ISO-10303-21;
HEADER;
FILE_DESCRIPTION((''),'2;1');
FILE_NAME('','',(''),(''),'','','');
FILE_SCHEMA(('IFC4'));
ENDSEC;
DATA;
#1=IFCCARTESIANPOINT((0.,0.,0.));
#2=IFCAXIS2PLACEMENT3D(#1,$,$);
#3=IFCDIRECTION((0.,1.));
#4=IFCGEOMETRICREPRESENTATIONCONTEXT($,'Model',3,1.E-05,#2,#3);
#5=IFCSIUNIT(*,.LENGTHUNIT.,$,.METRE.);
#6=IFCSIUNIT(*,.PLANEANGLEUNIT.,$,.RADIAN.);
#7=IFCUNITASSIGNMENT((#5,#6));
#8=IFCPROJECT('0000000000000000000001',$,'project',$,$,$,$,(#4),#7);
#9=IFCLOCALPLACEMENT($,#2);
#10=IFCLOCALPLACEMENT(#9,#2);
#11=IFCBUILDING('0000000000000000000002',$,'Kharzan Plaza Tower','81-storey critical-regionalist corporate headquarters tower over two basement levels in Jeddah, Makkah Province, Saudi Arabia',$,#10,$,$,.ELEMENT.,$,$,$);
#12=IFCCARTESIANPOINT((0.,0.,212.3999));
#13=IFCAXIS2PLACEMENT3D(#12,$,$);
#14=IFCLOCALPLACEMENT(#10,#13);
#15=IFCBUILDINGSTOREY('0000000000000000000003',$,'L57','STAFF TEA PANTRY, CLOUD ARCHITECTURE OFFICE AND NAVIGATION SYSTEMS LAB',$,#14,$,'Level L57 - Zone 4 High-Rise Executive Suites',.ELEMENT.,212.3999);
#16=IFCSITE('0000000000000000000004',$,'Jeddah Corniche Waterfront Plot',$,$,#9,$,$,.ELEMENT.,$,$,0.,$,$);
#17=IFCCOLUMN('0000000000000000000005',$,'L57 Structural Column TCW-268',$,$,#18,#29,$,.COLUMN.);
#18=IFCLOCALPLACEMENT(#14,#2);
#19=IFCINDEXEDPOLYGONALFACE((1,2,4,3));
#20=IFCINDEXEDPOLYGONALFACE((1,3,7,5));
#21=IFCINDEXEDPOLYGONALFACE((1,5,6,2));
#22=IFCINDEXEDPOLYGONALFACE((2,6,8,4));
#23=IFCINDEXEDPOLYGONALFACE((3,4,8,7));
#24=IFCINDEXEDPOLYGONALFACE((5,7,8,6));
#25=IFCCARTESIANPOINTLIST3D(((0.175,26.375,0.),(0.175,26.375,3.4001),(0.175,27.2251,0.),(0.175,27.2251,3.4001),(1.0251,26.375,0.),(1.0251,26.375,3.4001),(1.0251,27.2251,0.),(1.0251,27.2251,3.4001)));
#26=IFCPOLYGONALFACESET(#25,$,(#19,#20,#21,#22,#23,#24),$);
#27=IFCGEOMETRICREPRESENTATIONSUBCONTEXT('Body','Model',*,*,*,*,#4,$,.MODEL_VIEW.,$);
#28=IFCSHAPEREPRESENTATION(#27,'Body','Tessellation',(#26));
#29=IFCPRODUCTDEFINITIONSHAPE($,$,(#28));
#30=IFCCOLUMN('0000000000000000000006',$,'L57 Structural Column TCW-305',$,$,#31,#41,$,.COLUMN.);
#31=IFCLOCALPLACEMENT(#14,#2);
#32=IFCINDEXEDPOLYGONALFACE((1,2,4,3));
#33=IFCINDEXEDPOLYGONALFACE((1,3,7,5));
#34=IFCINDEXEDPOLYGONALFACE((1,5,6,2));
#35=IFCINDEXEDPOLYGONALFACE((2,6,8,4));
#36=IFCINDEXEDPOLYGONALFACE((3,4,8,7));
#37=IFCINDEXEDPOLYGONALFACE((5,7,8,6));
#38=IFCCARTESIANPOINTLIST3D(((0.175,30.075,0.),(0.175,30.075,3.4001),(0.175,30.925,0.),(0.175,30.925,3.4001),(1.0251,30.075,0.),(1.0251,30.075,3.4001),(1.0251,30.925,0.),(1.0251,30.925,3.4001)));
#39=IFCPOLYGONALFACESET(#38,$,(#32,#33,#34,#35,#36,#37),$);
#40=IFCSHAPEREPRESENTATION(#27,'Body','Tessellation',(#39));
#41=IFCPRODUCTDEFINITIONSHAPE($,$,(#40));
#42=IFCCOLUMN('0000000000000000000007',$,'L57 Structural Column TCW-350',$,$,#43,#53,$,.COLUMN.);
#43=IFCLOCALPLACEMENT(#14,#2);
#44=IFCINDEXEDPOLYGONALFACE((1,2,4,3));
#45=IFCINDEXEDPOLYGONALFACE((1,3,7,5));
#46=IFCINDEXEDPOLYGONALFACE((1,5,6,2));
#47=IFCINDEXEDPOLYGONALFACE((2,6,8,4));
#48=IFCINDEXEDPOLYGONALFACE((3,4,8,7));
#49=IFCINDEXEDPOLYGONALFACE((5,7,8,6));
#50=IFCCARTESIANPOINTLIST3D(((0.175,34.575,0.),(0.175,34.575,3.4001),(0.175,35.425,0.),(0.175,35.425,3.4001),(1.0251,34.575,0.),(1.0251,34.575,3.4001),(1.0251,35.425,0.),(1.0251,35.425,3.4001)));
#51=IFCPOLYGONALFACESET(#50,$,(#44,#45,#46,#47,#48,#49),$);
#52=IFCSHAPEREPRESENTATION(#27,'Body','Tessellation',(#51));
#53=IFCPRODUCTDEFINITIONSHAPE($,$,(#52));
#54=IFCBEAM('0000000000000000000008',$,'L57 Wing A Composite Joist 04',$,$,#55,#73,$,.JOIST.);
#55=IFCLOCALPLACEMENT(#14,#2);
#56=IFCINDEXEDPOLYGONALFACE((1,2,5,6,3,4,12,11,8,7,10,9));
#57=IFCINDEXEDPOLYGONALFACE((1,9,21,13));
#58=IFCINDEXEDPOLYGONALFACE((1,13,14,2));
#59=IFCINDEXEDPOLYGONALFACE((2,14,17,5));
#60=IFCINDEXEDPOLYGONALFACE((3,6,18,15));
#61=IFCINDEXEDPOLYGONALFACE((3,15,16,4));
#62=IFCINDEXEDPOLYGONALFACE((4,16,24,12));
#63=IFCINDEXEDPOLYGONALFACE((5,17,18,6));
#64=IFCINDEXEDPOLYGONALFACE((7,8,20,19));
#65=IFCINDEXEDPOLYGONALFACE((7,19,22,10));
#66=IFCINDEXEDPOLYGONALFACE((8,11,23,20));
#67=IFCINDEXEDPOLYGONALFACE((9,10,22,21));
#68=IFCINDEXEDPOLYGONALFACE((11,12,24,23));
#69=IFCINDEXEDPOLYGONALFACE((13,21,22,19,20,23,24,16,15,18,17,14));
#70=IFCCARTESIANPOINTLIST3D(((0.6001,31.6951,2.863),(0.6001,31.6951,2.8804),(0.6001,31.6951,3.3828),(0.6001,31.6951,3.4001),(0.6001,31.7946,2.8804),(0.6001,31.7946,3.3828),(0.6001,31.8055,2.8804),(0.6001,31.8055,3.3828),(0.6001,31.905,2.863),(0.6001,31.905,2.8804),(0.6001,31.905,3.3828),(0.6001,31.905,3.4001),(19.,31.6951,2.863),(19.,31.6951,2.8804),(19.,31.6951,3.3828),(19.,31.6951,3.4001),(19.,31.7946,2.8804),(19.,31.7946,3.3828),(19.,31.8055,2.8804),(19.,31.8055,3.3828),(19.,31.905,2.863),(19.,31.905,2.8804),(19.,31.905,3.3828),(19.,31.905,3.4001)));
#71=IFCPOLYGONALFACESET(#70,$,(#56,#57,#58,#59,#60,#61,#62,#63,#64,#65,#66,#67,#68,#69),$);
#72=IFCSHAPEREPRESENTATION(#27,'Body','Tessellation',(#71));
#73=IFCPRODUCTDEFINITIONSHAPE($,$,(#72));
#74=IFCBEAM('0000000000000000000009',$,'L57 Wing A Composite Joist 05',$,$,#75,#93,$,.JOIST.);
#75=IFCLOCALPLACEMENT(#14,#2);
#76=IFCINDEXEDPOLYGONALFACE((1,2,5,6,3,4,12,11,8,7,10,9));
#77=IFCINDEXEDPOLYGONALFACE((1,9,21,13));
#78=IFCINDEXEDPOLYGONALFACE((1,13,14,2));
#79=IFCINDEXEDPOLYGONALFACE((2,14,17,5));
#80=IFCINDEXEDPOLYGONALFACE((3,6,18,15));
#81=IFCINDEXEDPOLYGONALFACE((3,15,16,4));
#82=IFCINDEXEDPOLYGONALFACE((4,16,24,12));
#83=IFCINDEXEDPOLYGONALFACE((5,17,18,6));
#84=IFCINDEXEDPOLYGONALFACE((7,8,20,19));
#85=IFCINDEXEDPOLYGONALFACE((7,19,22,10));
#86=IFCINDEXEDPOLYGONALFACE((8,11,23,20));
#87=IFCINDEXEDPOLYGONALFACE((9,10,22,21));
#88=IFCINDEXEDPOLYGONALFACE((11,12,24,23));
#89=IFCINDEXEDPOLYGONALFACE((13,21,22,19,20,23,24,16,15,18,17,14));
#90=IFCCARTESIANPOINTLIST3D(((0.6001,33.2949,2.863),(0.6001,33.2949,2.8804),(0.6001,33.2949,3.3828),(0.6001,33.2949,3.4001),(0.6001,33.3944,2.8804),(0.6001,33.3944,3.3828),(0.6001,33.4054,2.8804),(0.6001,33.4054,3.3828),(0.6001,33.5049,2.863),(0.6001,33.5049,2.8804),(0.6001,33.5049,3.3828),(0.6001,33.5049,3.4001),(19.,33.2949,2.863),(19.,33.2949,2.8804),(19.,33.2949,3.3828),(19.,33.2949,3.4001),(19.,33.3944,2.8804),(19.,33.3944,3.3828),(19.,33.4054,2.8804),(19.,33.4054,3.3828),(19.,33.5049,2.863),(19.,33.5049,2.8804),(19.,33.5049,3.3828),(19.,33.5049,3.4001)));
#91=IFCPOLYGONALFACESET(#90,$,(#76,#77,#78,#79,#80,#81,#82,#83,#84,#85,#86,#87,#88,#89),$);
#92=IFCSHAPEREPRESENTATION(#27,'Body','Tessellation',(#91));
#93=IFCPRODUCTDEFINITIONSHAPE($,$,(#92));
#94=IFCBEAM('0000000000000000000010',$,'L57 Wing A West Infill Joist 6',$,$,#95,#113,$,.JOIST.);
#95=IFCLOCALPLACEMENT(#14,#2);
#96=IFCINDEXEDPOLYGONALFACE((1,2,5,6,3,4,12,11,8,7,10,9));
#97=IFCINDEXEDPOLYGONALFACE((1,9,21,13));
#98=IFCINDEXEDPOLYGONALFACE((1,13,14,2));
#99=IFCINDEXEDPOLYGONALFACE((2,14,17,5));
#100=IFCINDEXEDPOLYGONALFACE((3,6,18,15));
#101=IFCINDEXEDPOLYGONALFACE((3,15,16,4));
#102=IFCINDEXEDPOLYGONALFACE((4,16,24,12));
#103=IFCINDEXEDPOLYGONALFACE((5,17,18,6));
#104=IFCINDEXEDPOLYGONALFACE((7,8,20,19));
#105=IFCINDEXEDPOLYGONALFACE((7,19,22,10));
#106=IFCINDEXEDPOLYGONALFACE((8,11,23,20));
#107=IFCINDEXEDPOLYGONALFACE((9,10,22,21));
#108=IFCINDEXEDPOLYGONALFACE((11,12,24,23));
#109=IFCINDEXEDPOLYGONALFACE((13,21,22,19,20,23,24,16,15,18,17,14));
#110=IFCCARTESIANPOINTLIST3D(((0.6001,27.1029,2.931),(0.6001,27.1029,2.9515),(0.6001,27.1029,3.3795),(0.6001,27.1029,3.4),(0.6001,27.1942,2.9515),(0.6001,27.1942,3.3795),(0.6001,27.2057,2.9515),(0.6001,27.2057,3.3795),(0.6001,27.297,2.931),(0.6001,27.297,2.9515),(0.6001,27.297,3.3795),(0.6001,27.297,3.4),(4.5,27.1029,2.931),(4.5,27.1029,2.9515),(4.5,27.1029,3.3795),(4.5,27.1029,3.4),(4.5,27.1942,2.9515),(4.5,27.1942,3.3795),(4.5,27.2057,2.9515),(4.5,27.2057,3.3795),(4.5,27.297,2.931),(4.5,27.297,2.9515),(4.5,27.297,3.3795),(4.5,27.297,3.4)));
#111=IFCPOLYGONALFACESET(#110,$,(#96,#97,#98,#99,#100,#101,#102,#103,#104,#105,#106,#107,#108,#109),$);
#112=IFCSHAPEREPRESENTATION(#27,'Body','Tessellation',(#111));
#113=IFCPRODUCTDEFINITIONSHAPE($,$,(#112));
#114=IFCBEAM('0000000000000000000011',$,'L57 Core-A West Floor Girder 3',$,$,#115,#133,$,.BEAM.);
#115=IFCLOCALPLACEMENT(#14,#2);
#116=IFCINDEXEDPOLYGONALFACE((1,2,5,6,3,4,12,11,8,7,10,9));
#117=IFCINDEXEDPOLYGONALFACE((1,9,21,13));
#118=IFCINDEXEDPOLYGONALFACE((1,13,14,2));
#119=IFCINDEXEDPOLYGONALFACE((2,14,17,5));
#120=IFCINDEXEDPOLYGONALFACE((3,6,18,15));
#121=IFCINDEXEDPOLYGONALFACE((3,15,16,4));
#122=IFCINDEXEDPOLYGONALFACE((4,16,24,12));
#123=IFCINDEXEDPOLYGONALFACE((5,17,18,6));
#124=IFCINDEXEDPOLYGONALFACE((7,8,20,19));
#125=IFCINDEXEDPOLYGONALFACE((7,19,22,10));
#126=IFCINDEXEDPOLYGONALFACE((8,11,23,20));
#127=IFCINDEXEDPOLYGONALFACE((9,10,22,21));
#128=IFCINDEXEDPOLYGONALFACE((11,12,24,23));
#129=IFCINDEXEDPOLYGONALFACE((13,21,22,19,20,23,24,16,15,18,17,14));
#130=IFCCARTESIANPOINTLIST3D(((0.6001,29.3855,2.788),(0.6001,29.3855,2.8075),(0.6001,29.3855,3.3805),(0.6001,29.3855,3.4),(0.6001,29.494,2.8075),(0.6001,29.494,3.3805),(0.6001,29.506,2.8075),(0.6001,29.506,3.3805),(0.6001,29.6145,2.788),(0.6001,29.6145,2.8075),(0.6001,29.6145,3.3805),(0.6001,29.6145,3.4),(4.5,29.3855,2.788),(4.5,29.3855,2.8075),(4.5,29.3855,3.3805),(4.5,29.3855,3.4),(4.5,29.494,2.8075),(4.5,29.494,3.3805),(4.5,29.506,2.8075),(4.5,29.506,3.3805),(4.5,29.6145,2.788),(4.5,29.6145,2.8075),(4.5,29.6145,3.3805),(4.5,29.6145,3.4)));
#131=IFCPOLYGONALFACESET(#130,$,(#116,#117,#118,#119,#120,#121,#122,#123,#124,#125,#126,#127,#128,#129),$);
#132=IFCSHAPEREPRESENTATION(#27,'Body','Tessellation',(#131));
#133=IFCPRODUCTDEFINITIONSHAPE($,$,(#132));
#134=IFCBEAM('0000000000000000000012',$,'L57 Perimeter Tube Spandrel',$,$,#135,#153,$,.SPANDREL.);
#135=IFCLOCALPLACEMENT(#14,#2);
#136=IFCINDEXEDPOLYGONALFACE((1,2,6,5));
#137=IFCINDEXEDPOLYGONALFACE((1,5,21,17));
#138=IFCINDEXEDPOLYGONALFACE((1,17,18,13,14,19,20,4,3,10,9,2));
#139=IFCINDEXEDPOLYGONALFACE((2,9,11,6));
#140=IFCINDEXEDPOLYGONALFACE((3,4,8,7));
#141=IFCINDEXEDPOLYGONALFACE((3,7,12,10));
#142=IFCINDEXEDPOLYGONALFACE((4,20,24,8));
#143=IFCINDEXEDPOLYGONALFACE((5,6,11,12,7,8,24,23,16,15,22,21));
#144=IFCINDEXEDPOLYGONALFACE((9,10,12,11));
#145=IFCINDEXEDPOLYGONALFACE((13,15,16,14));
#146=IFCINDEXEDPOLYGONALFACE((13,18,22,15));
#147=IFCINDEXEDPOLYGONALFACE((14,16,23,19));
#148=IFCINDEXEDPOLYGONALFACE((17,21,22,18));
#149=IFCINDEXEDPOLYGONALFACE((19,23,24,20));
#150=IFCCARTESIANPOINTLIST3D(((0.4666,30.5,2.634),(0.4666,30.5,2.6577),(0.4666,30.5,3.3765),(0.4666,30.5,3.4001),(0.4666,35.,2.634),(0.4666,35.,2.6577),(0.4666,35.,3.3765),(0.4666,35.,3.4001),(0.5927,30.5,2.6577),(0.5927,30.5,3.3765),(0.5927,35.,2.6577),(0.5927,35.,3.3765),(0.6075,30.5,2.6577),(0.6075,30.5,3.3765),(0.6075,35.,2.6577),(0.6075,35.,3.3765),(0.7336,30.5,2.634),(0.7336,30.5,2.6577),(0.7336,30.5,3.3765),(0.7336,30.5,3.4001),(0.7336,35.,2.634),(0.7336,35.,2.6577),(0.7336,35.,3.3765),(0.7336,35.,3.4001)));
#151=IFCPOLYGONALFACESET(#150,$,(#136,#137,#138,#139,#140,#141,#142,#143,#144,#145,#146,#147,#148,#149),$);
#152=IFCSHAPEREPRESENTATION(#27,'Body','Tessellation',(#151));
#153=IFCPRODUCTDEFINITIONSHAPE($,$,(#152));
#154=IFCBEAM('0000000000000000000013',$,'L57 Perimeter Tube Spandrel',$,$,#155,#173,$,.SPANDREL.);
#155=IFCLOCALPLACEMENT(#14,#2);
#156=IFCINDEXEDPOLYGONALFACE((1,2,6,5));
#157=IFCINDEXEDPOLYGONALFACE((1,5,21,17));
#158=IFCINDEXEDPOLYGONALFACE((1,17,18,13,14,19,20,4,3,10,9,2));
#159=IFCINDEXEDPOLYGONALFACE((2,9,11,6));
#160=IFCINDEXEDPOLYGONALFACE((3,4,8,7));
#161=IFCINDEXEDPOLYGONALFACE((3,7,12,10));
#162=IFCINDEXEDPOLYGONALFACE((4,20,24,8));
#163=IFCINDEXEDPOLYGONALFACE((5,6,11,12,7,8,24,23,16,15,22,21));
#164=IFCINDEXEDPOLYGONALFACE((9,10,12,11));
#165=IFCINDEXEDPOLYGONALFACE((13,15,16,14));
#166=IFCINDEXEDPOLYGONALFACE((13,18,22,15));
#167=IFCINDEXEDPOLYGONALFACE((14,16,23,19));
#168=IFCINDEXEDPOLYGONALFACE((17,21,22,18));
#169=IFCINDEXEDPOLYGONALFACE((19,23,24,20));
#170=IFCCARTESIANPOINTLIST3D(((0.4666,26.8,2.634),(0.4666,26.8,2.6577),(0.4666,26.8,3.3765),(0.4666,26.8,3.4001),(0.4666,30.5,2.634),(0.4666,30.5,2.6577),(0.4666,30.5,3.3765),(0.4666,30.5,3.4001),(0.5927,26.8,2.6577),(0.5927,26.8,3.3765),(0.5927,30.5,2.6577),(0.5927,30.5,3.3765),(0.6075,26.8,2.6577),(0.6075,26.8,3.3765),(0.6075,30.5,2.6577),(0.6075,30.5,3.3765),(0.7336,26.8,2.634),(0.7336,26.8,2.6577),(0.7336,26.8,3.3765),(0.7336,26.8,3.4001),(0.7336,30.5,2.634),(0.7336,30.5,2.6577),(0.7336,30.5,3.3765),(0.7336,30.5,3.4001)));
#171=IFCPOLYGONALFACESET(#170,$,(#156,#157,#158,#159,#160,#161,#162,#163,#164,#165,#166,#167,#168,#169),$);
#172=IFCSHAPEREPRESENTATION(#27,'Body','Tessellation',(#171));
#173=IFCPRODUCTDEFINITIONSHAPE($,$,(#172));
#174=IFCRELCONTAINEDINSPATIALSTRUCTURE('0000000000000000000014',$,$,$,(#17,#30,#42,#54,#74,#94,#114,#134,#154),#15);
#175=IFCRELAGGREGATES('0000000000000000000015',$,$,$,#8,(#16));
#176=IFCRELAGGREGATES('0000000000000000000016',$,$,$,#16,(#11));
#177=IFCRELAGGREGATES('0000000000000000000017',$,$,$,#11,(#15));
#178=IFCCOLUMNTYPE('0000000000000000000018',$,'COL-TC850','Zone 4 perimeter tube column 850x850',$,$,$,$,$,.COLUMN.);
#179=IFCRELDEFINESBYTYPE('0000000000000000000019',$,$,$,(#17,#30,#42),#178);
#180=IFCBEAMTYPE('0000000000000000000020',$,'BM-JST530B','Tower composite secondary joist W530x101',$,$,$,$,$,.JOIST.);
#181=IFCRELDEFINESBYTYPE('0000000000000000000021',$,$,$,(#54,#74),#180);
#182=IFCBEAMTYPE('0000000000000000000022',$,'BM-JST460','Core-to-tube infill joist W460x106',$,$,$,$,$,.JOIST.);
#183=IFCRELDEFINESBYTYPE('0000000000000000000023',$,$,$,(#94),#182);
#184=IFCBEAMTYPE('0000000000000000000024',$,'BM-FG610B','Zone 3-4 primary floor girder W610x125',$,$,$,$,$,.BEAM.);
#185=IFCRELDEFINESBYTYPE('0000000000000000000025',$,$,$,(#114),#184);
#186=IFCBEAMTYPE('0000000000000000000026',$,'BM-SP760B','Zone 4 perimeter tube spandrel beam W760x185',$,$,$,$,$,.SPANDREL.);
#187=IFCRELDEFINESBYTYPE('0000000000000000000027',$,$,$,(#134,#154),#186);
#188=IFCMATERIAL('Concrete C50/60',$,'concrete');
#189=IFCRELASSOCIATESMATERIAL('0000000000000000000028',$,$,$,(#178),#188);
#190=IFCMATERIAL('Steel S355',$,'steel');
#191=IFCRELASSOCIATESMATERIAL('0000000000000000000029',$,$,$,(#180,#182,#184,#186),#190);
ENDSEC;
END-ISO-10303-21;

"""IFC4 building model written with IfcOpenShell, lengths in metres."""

from ifc_helpers import new_model, si_unit, direction, frame, origin, origin_2d, place, context, subcontext, project, spatial, rectangle, i_section, extrude, source, transform, mapped, material, material_profile, profile_set, type_object, element, save


model = new_model("IFC4")

# Units and contexts
model_context = context("Model", 3, precision=1e-05, world=origin(), true_north=direction((0.0, 1.0)))
body_context = subcontext(model_context, "Body", "Model", "MODEL_VIEW")
ifc_project = project(units=[si_unit("LENGTHUNIT", "METRE"), si_unit("PLANEANGLEUNIT", "RADIAN")], contexts=[model_context])

# Site, building, storey
site_placement = place(None, origin())
site = spatial("IfcSite", under=ifc_project, at=site_placement, Name="Jeddah Corniche Waterfront Plot", CompositionType="ELEMENT", RefElevation=0.0)
building_placement = place(site_placement, origin())
building = spatial("IfcBuilding", under=site, at=building_placement, Name="Kharzan Plaza Tower", Description="81-storey critical-regionalist corporate headquarters tower over two basement levels in Jeddah, Makkah Province, Saudi Arabia", CompositionType="ELEMENT")
storey_placement = place(building_placement, frame((0.0, 0.0, 212.3999)))
storey = spatial("IfcBuildingStorey", under=building, at=storey_placement, Name="L57", Description="STAFF TEA PANTRY, CLOUD ARCHITECTURE OFFICE AND NAVIGATION SYSTEMS LAB", LongName="Level L57 - Zone 4 High-Rise Executive Suites", CompositionType="ELEMENT", Elevation=212.3999)

# Columns
ifc_material_1 = material(Name="Concrete C50/60", Category="concrete")
ifc_material_profile_1 = material_profile(ifc_material_1, rectangle(XDim=0.8501, YDim=0.8501, at=origin_2d()), Name="RC-TC850x850")
ifc_profile_set_1 = profile_set([ifc_material_profile_1], Name="Concrete C50/60")
column_type = type_object("IfcColumnType", Name="COL-TC850", Description="Zone 4 perimeter tube column 850x850", PredefinedType="COLUMN", material=ifc_profile_set_1)
shared_shape_1 = source(origin(), body_context, "Body", "SweptSolid", [
    extrude(rectangle(XDim=0.8501, YDim=0.8501, at=origin_2d()), origin(), (0.0, 0.0, 1.0), 3.4001),
])
for number, where, z_axis, x_axis, name in (
    (1, (0.6001, 26.8, 0.0), (0.0, 0.0, 1.0), (1.0, 0.0, 0.0), "L57 Structural Column TCW-268"),
    (2, (0.6001, 30.5, 0.0), (0.0, 0.0, 1.0), (1.0, 0.0, 0.0), "L57 Structural Column TCW-305"),
    (3, (0.6001, 35.0, 0.0), (0.0, 0.0, 1.0), (1.0, 0.0, 0.0), "L57 Structural Column TCW-350"),
):
    element("IfcColumn", number, at=place(storey_placement, frame(where, z_axis=z_axis, x_axis=x_axis)), inside=storey, type_object=column_type, Name=name, PredefinedType="COLUMN", context=body_context, shape_type="MappedRepresentation", body=[
        mapped(shared_shape_1, transform((0.0, 0.0, 0.0), x_axis=(1.0, 0.0, 0.0), y_axis=(0.0, 1.0, 0.0), z_axis=(0.0, 0.0, 1.0))),
    ])

# Beams
ifc_material_2 = material(Name="Steel S355", Category="steel")
ifc_material_profile_2 = material_profile(ifc_material_2, i_section(OverallWidth=0.21, OverallDepth=0.5371, WebThickness=0.011, FlangeThickness=0.0173, at=origin_2d()), Name="W530x101")
ifc_profile_set_2 = profile_set([ifc_material_profile_2], Name="Steel S355")
beam_type_1 = type_object("IfcBeamType", Name="BM-JST530B", Description="Tower composite secondary joist W530x101", PredefinedType="JOIST", material=ifc_profile_set_2)
shared_shape_2 = source(origin(), body_context, "Body", "SweptSolid", [
    extrude(i_section(OverallWidth=0.21, OverallDepth=0.5371, WebThickness=0.011, FlangeThickness=0.0173, at=origin_2d()), origin(), (0.0, 0.0, 1.0), 18.3999),
])
for number, where, z_axis, x_axis, name in (
    (4, (0.6001, 31.8, 3.1316), (1.0, 0.0, 0.0), (0.0, 1.0, 0.0), "L57 Wing A Composite Joist 04"),
    (5, (0.6001, 33.3999, 3.1316), (1.0, 0.0, 0.0), (0.0, 1.0, 0.0), "L57 Wing A Composite Joist 05"),
):
    element("IfcBeam", number, at=place(storey_placement, frame(where, z_axis=z_axis, x_axis=x_axis)), inside=storey, type_object=beam_type_1, Name=name, PredefinedType="JOIST", context=body_context, shape_type="MappedRepresentation", body=[
        mapped(shared_shape_2, transform((0.0, 0.0, 0.0), x_axis=(1.0, 0.0, 0.0), y_axis=(0.0, 1.0, 0.0), z_axis=(0.0, 0.0, 1.0))),
    ])
ifc_material_profile_3 = material_profile(ifc_material_2, i_section(OverallWidth=0.1941, OverallDepth=0.469, WebThickness=0.0115, FlangeThickness=0.0205, at=origin_2d()), Name="W460x106")
ifc_profile_set_3 = profile_set([ifc_material_profile_3], Name="Steel S355")
beam_type_2 = type_object("IfcBeamType", Name="BM-JST460", Description="Core-to-tube infill joist W460x106", PredefinedType="JOIST", material=ifc_profile_set_3)
shared_shape_3 = source(origin(), body_context, "Body", "SweptSolid", [
    extrude(i_section(OverallWidth=0.1941, OverallDepth=0.469, WebThickness=0.0115, FlangeThickness=0.0205, at=origin_2d()), origin(), (0.0, 0.0, 1.0), 3.8999),
])
beam_1_placement = place(storey_placement, frame((0.6001, 27.2, 3.1655), z_axis=(1.0, 0.0, 0.0), x_axis=(0.0, 1.0, 0.0)))
element("IfcBeam", 6, at=beam_1_placement, inside=storey, type_object=beam_type_2, Name="L57 Wing A West Infill Joist 6", PredefinedType="JOIST", context=body_context, shape_type="MappedRepresentation", body=[
    mapped(shared_shape_3, transform((0.0, 0.0, 0.0), x_axis=(1.0, 0.0, 0.0), y_axis=(0.0, 1.0, 0.0), z_axis=(0.0, 0.0, 1.0))),
])
ifc_material_profile_4 = material_profile(ifc_material_2, i_section(OverallWidth=0.229, OverallDepth=0.6121, WebThickness=0.012, FlangeThickness=0.0195, at=origin_2d()), Name="W610x125")
ifc_profile_set_4 = profile_set([ifc_material_profile_4], Name="Steel S355")
beam_type_3 = type_object("IfcBeamType", Name="BM-FG610B", Description="Zone 3-4 primary floor girder W610x125", PredefinedType="BEAM", material=ifc_profile_set_4)
shared_shape_4 = source(origin(), body_context, "Body", "SweptSolid", [
    extrude(i_section(OverallWidth=0.229, OverallDepth=0.6121, WebThickness=0.012, FlangeThickness=0.0195, at=origin_2d()), origin(), (0.0, 0.0, 1.0), 3.8999),
])
beam_2_placement = place(storey_placement, frame((0.6001, 29.5, 3.094), z_axis=(1.0, 0.0, 0.0), x_axis=(0.0, 1.0, 0.0)))
element("IfcBeam", 7, at=beam_2_placement, inside=storey, type_object=beam_type_3, Name="L57 Core-A West Floor Girder 3", PredefinedType="BEAM", context=body_context, shape_type="MappedRepresentation", body=[
    mapped(shared_shape_4, transform((0.0, 0.0, 0.0), x_axis=(1.0, 0.0, 0.0), y_axis=(0.0, 1.0, 0.0), z_axis=(0.0, 0.0, 1.0))),
])
ifc_material_profile_5 = material_profile(ifc_material_2, i_section(OverallWidth=0.2671, OverallDepth=0.7661, WebThickness=0.0149, FlangeThickness=0.0237, at=origin_2d()), Name="W760x185")
ifc_profile_set_5 = profile_set([ifc_material_profile_5], Name="Steel S355")
beam_type_4 = type_object("IfcBeamType", Name="BM-SP760B", Description="Zone 4 perimeter tube spandrel beam W760x185", PredefinedType="SPANDREL", material=ifc_profile_set_5)
shared_shape_5 = source(origin(), body_context, "Body", "SweptSolid", [
    extrude(i_section(OverallWidth=0.2671, OverallDepth=0.7661, WebThickness=0.0149, FlangeThickness=0.0237, at=origin_2d()), origin(), (0.0, 0.0, 1.0), 4.5),
])
beam_3_placement = place(storey_placement, frame((0.6001, 30.5, 3.0171), z_axis=(0.0, 1.0, 0.0), x_axis=(-1.0, 0.0, 0.0)))
element("IfcBeam", 8, at=beam_3_placement, inside=storey, type_object=beam_type_4, Name="L57 Perimeter Tube Spandrel", PredefinedType="SPANDREL", context=body_context, shape_type="MappedRepresentation", body=[
    mapped(shared_shape_5, transform((0.0, 0.0, 0.0), x_axis=(1.0, 0.0, 0.0), y_axis=(0.0, 1.0, 0.0), z_axis=(0.0, 0.0, 1.0))),
])
shared_shape_6 = source(origin(), body_context, "Body", "SweptSolid", [
    extrude(i_section(OverallWidth=0.2671, OverallDepth=0.7661, WebThickness=0.0149, FlangeThickness=0.0237, at=origin_2d()), origin(), (0.0, 0.0, 1.0), 3.7),
])
beam_4_placement = place(storey_placement, frame((0.6001, 26.8, 3.0171), z_axis=(0.0, 1.0, 0.0), x_axis=(-1.0, 0.0, 0.0)))
element("IfcBeam", 9, at=beam_4_placement, inside=storey, type_object=beam_type_4, Name="L57 Perimeter Tube Spandrel", PredefinedType="SPANDREL", context=body_context, shape_type="MappedRepresentation", body=[
    mapped(shared_shape_6, transform((0.0, 0.0, 0.0), x_axis=(1.0, 0.0, 0.0), y_axis=(0.0, 1.0, 0.0), z_axis=(0.0, 0.0, 1.0))),
])

save(model, "model.ifc")
